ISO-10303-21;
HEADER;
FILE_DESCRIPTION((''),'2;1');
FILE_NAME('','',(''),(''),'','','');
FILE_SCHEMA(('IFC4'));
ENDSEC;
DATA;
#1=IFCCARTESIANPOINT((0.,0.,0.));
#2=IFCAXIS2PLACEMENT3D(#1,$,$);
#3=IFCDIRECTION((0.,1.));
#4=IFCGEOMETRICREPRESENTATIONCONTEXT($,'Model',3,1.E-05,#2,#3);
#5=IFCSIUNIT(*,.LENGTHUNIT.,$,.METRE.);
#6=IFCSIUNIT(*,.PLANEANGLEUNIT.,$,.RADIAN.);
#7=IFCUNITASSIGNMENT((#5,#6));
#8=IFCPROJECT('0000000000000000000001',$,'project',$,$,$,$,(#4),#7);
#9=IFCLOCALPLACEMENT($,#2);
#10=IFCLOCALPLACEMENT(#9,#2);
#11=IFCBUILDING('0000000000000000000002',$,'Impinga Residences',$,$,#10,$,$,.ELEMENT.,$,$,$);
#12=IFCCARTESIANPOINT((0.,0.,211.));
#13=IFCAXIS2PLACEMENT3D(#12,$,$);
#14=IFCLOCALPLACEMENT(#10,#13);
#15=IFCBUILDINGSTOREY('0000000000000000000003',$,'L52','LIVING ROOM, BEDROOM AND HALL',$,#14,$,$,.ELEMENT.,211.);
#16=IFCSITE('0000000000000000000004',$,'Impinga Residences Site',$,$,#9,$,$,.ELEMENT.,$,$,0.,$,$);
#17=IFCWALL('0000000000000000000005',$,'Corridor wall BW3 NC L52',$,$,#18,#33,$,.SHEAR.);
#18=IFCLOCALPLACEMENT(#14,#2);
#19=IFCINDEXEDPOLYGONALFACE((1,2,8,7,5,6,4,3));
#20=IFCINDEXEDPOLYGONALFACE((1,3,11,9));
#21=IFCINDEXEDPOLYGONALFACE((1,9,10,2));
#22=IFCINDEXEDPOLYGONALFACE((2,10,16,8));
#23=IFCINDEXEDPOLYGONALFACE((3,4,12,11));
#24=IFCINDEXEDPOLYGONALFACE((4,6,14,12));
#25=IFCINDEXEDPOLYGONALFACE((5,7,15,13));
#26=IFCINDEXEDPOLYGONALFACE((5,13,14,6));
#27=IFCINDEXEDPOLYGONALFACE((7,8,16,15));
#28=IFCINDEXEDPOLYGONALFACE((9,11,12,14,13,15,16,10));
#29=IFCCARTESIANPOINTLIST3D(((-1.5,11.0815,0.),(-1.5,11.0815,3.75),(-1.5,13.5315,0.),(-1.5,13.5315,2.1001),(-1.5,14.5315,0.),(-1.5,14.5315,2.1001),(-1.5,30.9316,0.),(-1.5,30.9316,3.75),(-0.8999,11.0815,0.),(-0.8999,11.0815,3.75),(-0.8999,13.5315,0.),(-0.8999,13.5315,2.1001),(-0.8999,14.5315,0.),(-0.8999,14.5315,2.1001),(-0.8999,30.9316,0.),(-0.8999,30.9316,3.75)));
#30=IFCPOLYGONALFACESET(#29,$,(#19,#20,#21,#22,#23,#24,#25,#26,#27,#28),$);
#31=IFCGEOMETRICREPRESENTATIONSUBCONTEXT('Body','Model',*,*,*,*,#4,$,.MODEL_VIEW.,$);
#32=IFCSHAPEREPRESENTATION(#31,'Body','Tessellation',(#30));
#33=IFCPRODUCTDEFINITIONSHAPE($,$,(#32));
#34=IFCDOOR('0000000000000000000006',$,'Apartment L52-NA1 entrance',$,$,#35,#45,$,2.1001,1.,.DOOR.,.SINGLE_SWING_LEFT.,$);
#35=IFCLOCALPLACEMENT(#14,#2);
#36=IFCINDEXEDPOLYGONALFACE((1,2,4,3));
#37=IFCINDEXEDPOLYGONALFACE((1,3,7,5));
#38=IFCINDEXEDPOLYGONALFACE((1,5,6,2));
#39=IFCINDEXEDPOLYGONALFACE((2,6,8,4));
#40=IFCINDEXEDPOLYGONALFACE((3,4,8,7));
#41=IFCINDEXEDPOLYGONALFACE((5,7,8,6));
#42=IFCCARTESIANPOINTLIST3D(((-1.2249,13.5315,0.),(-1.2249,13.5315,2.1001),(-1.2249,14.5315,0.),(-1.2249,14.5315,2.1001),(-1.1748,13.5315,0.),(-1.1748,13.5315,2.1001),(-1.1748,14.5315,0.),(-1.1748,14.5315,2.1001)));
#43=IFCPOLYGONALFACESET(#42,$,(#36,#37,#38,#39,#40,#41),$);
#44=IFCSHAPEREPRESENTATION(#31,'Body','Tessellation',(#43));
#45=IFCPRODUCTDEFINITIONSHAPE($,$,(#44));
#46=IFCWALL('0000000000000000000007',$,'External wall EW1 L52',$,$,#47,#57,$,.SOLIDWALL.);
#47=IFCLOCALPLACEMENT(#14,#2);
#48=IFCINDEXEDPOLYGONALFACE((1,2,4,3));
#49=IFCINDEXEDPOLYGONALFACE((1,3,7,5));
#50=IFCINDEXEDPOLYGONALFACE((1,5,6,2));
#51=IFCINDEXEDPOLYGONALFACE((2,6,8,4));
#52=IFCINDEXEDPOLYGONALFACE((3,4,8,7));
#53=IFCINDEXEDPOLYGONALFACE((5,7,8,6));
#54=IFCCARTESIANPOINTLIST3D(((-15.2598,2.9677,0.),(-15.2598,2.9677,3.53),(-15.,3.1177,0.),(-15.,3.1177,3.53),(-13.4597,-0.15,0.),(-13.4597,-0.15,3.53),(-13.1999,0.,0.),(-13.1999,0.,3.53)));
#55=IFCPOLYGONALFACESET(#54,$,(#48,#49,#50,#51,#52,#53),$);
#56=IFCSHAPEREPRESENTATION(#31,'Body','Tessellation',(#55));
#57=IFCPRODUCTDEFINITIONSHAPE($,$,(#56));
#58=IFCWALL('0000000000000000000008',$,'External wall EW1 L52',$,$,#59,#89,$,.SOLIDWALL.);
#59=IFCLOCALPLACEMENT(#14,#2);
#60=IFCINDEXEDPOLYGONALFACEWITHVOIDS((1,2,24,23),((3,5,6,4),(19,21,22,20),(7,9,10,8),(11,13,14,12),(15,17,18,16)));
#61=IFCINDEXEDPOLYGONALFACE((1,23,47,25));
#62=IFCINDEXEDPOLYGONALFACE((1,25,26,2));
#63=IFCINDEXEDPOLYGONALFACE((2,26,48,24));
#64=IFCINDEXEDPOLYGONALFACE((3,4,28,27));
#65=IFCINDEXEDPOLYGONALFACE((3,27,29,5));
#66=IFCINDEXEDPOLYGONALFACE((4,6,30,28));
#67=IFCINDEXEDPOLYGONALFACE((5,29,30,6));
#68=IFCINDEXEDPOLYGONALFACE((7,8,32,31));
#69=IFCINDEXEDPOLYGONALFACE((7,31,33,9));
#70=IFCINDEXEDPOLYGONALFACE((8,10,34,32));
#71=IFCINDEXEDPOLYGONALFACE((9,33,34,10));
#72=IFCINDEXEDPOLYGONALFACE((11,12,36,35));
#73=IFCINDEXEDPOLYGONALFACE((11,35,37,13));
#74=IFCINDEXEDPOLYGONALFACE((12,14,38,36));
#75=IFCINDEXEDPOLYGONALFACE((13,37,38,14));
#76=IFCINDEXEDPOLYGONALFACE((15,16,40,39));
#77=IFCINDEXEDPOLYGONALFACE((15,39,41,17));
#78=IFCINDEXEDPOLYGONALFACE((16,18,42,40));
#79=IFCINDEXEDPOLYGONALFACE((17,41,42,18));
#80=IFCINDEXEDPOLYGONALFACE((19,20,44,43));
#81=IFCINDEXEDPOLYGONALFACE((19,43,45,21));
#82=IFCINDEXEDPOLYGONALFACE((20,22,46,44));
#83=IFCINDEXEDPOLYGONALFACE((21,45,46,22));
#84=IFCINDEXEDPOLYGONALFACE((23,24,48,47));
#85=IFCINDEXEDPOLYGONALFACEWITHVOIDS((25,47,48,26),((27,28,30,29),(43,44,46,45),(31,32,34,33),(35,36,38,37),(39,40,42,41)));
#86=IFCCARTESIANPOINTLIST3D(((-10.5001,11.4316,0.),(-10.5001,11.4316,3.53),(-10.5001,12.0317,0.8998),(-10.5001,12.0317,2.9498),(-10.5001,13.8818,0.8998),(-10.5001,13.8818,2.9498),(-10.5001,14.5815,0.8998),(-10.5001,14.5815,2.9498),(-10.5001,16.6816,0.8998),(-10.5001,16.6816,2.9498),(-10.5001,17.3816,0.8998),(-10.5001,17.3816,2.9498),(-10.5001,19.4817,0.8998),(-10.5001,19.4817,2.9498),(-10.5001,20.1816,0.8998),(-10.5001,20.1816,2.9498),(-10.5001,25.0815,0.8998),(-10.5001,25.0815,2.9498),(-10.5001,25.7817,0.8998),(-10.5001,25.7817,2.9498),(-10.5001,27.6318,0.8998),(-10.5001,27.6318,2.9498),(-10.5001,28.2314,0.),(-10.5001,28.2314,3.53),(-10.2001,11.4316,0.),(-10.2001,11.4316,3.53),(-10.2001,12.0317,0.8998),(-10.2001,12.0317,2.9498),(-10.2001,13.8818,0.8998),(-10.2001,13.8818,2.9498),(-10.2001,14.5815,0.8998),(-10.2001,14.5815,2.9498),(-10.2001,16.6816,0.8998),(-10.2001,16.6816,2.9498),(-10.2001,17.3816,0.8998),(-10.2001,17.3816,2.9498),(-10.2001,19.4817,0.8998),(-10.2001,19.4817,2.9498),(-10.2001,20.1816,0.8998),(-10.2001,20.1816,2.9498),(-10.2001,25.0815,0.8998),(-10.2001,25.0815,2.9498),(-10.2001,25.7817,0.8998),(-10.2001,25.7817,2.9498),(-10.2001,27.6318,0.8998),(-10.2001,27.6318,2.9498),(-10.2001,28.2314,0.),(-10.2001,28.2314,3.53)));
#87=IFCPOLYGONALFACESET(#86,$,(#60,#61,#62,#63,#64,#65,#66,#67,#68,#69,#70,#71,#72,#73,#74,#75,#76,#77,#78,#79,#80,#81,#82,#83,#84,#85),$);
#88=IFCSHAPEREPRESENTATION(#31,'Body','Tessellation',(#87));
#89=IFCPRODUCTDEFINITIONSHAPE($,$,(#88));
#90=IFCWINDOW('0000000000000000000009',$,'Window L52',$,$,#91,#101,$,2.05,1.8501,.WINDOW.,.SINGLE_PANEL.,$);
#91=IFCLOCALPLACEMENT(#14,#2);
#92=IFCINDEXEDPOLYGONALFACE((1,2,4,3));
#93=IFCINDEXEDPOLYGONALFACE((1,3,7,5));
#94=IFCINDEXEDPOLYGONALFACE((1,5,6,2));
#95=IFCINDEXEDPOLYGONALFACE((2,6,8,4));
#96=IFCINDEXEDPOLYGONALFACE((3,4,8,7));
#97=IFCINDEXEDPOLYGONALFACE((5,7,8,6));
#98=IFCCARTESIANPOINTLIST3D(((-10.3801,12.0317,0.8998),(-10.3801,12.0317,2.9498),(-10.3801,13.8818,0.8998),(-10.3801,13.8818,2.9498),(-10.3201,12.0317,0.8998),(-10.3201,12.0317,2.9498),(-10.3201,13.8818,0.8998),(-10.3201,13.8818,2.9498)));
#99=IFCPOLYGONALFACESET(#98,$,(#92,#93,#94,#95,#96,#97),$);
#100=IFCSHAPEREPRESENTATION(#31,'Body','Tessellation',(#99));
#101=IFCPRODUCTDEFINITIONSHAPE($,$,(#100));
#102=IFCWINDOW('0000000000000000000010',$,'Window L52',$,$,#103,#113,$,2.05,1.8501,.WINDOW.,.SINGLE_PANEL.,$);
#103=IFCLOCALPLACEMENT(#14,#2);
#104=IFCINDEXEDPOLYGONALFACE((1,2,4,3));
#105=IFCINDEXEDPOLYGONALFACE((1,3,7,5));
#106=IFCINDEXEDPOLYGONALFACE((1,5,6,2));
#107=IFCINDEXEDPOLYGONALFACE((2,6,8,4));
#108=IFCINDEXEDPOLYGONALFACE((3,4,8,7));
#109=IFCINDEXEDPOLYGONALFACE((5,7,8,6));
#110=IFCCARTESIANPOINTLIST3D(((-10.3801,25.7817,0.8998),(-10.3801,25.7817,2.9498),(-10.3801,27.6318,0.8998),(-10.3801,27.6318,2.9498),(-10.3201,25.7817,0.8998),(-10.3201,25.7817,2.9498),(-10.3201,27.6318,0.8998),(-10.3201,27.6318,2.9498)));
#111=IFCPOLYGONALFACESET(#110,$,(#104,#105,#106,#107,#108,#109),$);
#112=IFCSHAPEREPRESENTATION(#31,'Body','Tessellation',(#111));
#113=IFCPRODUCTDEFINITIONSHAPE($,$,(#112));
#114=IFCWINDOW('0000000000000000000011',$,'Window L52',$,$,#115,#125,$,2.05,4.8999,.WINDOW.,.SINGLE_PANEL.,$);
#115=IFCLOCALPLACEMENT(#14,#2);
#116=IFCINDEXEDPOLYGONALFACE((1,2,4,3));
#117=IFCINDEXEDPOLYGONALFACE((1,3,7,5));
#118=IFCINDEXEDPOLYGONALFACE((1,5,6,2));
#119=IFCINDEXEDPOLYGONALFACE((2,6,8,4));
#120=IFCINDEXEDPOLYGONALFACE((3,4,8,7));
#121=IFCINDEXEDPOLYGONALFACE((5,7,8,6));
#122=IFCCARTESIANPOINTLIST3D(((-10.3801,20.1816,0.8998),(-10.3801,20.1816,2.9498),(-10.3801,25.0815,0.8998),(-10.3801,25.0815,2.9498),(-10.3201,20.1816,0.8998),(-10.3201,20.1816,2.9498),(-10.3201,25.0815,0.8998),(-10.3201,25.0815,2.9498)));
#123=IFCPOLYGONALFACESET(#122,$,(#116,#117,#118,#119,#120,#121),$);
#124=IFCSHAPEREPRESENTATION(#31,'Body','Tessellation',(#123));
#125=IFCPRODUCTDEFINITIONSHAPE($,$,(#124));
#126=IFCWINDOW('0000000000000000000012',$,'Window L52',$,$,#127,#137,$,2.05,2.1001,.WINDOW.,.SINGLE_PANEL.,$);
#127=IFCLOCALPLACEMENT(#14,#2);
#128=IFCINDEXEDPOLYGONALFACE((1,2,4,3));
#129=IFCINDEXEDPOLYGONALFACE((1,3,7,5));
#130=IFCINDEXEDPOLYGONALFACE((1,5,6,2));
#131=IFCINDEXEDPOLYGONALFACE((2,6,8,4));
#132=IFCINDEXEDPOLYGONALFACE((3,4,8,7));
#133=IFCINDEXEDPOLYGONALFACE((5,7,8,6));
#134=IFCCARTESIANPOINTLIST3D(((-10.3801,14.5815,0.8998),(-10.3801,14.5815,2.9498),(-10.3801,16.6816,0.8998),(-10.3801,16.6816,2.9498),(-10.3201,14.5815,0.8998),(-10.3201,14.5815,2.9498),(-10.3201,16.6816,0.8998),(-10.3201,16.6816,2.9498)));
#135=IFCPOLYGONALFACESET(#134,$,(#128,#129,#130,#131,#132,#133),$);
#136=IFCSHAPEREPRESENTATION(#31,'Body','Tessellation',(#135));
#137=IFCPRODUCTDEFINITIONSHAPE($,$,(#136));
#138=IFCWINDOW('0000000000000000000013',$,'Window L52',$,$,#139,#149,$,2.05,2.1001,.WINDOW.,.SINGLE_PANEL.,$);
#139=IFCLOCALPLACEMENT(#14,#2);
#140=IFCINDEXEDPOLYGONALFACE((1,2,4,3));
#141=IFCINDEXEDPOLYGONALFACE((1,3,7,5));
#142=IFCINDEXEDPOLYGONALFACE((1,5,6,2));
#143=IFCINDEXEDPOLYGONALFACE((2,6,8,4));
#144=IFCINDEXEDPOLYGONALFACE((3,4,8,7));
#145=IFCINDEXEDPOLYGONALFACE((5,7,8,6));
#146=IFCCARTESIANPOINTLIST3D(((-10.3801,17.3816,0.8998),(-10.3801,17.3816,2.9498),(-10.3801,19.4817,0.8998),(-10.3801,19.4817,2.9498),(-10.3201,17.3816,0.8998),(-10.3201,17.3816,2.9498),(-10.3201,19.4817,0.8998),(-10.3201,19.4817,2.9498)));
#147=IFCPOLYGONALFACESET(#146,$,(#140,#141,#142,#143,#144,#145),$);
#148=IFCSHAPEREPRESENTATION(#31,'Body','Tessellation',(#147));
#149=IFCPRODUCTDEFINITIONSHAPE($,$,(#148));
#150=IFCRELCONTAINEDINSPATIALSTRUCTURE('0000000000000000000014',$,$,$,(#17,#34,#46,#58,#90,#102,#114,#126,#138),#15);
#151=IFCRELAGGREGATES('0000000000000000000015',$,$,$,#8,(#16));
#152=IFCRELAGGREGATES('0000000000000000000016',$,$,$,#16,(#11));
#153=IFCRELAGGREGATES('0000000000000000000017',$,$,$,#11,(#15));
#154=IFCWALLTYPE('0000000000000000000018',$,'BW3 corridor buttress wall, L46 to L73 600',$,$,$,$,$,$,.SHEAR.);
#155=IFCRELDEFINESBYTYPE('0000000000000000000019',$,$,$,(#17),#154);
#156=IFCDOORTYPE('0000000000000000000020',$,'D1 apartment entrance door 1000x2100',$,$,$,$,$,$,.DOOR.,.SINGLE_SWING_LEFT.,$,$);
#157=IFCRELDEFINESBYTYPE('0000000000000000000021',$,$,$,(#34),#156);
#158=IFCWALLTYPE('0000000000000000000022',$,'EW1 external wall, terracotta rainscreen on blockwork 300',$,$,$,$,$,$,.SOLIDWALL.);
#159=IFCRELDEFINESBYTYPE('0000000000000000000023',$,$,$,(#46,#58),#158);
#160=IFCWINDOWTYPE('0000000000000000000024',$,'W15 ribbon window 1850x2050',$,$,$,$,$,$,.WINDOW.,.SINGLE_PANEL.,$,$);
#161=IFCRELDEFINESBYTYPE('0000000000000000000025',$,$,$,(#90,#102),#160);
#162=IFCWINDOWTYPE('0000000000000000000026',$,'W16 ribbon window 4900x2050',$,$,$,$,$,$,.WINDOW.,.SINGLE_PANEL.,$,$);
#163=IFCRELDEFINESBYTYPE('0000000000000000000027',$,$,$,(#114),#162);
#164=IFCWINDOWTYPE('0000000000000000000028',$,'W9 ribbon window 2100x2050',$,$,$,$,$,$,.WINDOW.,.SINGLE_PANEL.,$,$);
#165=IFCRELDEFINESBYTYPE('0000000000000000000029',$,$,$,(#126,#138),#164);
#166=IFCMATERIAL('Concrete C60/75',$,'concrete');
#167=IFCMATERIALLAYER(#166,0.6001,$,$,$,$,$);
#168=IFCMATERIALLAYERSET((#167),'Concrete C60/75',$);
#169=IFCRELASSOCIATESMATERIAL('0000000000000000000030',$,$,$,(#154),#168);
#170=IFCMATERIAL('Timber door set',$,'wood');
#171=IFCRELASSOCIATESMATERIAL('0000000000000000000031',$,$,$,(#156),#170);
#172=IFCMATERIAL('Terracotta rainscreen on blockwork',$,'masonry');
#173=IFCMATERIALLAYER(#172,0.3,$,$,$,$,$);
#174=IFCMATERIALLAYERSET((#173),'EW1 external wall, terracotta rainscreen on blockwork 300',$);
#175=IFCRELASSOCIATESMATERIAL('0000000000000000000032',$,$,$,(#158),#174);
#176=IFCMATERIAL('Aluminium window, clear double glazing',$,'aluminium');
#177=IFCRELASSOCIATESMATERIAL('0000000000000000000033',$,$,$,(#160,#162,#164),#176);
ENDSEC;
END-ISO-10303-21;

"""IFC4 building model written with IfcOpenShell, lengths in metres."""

from ifc_helpers import new_model, si_unit, direction, frame, frame_2d, origin, place, context, subcontext, project, spatial, rectangle, extrude, material, layer, layer_set, type_object, element, fill, save


model = new_model("IFC4")

# Units and contexts
model_context = context("Model", 3, precision=1e-05, world=origin(), true_north=direction((0.0, 1.0)))
body_context = subcontext(model_context, "Body", "Model", "MODEL_VIEW")
ifc_project = project(units=[si_unit("LENGTHUNIT", "METRE"), si_unit("PLANEANGLEUNIT", "RADIAN")], contexts=[model_context])

# Site, building, storey
site_placement = place(None, origin())
site = spatial("IfcSite", under=ifc_project, at=site_placement, Name="Impinga Residences Site", CompositionType="ELEMENT", RefElevation=0.0)
building_placement = place(site_placement, origin())
building = spatial("IfcBuilding", under=site, at=building_placement, Name="Impinga Residences", CompositionType="ELEMENT")
storey_placement = place(building_placement, frame((0.0, 0.0, 211.0)))
storey = spatial("IfcBuildingStorey", under=building, at=storey_placement, Name="L52", Description="LIVING ROOM, BEDROOM AND HALL", CompositionType="ELEMENT", Elevation=211.0)

# Wall, opening, door
ifc_material_1 = material(Name="Concrete C60/75", Category="concrete")
ifc_layer_1 = layer(ifc_material_1, 0.6001)
ifc_layer_set_1 = layer_set([ifc_layer_1], Name="Concrete C60/75")
wall_type_1 = type_object("IfcWallType", Name="BW3 corridor buttress wall, L46 to L73 600", PredefinedType="SHEAR", material=ifc_layer_set_1)
wall_1_placement = place(storey_placement, frame((-1.2, 11.0815, 0.0), z_axis=(0.0, 0.0, 1.0), x_axis=(0.0, 1.0, 0.0)))
wall_1 = element("IfcWall", 1, at=wall_1_placement, inside=storey, type_object=wall_type_1, Name="Corridor wall BW3 NC L52", PredefinedType="SHEAR", context=body_context, shape_type="SweptSolid", body=[
    extrude(rectangle(XDim=19.8501, YDim=0.6001, at=frame_2d((9.925, 0.0))), origin(), (0.0, 0.0, 1.0), 3.75),
])
opening_1_placement = place(wall_1_placement, frame((2.45, 0.0, 0.0)))
opening_1 = element("IfcOpeningElement", 2, at=opening_1_placement, cuts=wall_1, PredefinedType="OPENING", context=body_context, shape_type="SweptSolid", body=[
    extrude(rectangle(XDim=1.0, YDim=2.1001, at=frame_2d((0.5, 1.05))), frame((0.0, 0.3101, 0.0), z_axis=(0.0, -1.0, 0.0), x_axis=(1.0, 0.0, 0.0)), (0.0, 0.0, 1.0), 0.6201),
])
ifc_material_2 = material(Name="Timber door set", Category="wood")
door_type_1 = type_object("IfcDoorType", Name="D1 apartment entrance door 1000x2100", OperationType="SINGLE_SWING_LEFT", PredefinedType="DOOR", material=ifc_material_2)
door_1_placement = place(opening_1_placement, origin())
door_1 = element("IfcDoor", 3, at=door_1_placement, inside=storey, type_object=door_type_1, Name="Apartment L52-NA1 entrance", OperationType="SINGLE_SWING_LEFT", OverallHeight=2.1001, OverallWidth=1.0, PredefinedType="DOOR", context=body_context, shape_type="SweptSolid", body=[
    extrude(rectangle(XDim=1.0, YDim=2.1001, at=frame_2d((0.5, 1.05))), frame((0.0, 0.0249, 0.0), z_axis=(0.0, -1.0, 0.0), x_axis=(1.0, 0.0, 0.0)), (0.0, 0.0, 1.0), 0.05),
])
fill(opening_1, door_1)

# Wall
ifc_material_3 = material(Name="Terracotta rainscreen on blockwork", Category="masonry")
ifc_layer_2 = layer(ifc_material_3, 0.3)
ifc_layer_set_2 = layer_set([ifc_layer_2], Name="EW1 external wall, terracotta rainscreen on blockwork 300")
wall_type_2 = type_object("IfcWallType", Name="EW1 external wall, terracotta rainscreen on blockwork 300", PredefinedType="SOLIDWALL", material=ifc_layer_set_2)
wall_2_placement = place(storey_placement, frame((-15.1299, 3.0427, 0.0), z_axis=(0.0, 0.0, 1.0), x_axis=(0.500012, -0.866018, 0.0)))
element("IfcWall", 4, at=wall_2_placement, inside=storey, type_object=wall_type_2, Name="External wall EW1 L52", PredefinedType="SOLIDWALL", context=body_context, shape_type="SweptSolid", body=[
    extrude(rectangle(XDim=3.6001, YDim=0.3, at=frame_2d((1.8, 0.0))), origin(), (0.0, 0.0, 1.0), 3.53),
])

# Wall, openings, windows
wall_3_placement = place(storey_placement, frame((-10.3501, 11.4316, 0.0), z_axis=(0.0, 0.0, 1.0), x_axis=(0.0, 1.0, 0.0)))
wall_3 = element("IfcWall", 5, at=wall_3_placement, inside=storey, type_object=wall_type_2, Name="External wall EW1 L52", PredefinedType="SOLIDWALL", context=body_context, shape_type="SweptSolid", body=[
    extrude(rectangle(XDim=16.7998, YDim=0.3, at=frame_2d((8.3999, 0.0))), origin(), (0.0, 0.0, 1.0), 3.53),
])
opening_2_placement = place(wall_3_placement, frame((0.6001, 0.0, 0.8999)))
opening_2 = element("IfcOpeningElement", 6, at=opening_2_placement, cuts=wall_3, PredefinedType="OPENING", context=body_context, shape_type="SweptSolid", body=[
    extrude(rectangle(XDim=1.8501, YDim=2.05, at=frame_2d((0.925, 1.0249))), frame((0.0, 0.1599, 0.0), z_axis=(0.0, -1.0, 0.0), x_axis=(1.0, 0.0, 0.0)), (0.0, 0.0, 1.0), 0.3201),
])
opening_3_placement = place(wall_3_placement, frame((3.1499, 0.0, 0.8999)))
opening_3 = element("IfcOpeningElement", 7, at=opening_3_placement, cuts=wall_3, PredefinedType="OPENING", context=body_context, shape_type="SweptSolid", body=[
    extrude(rectangle(XDim=2.1001, YDim=2.05, at=frame_2d((1.05, 1.0249))), frame((0.0, 0.1599, 0.0), z_axis=(0.0, -1.0, 0.0), x_axis=(1.0, 0.0, 0.0)), (0.0, 0.0, 1.0), 0.3201),
])
opening_4_placement = place(wall_3_placement, frame((5.95, 0.0, 0.8999)))
opening_4 = element("IfcOpeningElement", 8, at=opening_4_placement, cuts=wall_3, PredefinedType="OPENING", context=body_context, shape_type="SweptSolid", body=[
    extrude(rectangle(XDim=2.1001, YDim=2.05, at=frame_2d((1.05, 1.0249))), frame((0.0, 0.1599, 0.0), z_axis=(0.0, -1.0, 0.0), x_axis=(1.0, 0.0, 0.0)), (0.0, 0.0, 1.0), 0.3201),
])
opening_5_placement = place(wall_3_placement, frame((8.75, 0.0, 0.8999)))
opening_5 = element("IfcOpeningElement", 9, at=opening_5_placement, cuts=wall_3, PredefinedType="OPENING", context=body_context, shape_type="SweptSolid", body=[
    extrude(rectangle(XDim=4.8999, YDim=2.05, at=frame_2d((2.45, 1.0249))), frame((0.0, 0.1599, 0.0), z_axis=(0.0, -1.0, 0.0), x_axis=(1.0, 0.0, 0.0)), (0.0, 0.0, 1.0), 0.3201),
])
opening_6_placement = place(wall_3_placement, frame((14.3501, 0.0, 0.8999)))
opening_6 = element("IfcOpeningElement", 10, at=opening_6_placement, cuts=wall_3, PredefinedType="OPENING", context=body_context, shape_type="SweptSolid", body=[
    extrude(rectangle(XDim=1.8501, YDim=2.05, at=frame_2d((0.925, 1.0249))), frame((0.0, 0.1599, 0.0), z_axis=(0.0, -1.0, 0.0), x_axis=(1.0, 0.0, 0.0)), (0.0, 0.0, 1.0), 0.3201),
])
ifc_material_4 = material(Name="Aluminium window, clear double glazing", Category="aluminium")
window_type_1 = type_object("IfcWindowType", Name="W15 ribbon window 1850x2050", PartitioningType="SINGLE_PANEL", PredefinedType="WINDOW", material=ifc_material_4)
window_1_placement = place(opening_2_placement, origin())
window_1 = element("IfcWindow", 11, at=window_1_placement, inside=storey, type_object=window_type_1, Name="Window L52", OverallHeight=2.05, OverallWidth=1.8501, PartitioningType="SINGLE_PANEL", PredefinedType="WINDOW", context=body_context, shape_type="SweptSolid", body=[
    extrude(rectangle(XDim=1.8501, YDim=2.05, at=frame_2d((0.925, 1.0249))), frame((0.0, 0.03, 0.0), z_axis=(0.0, -1.0, 0.0), x_axis=(1.0, 0.0, 0.0)), (0.0, 0.0, 1.0), 0.0601),
])
fill(opening_2, window_1)
window_2_placement = place(opening_6_placement, origin())
window_2 = element("IfcWindow", 12, at=window_2_placement, inside=storey, type_object=window_type_1, Name="Window L52", OverallHeight=2.05, OverallWidth=1.8501, PartitioningType="SINGLE_PANEL", PredefinedType="WINDOW", context=body_context, shape_type="SweptSolid", body=[
    extrude(rectangle(XDim=1.8501, YDim=2.05, at=frame_2d((0.925, 1.0249))), frame((0.0, 0.03, 0.0), z_axis=(0.0, -1.0, 0.0), x_axis=(1.0, 0.0, 0.0)), (0.0, 0.0, 1.0), 0.0601),
])
fill(opening_6, window_2)
window_type_2 = type_object("IfcWindowType", Name="W16 ribbon window 4900x2050", PartitioningType="SINGLE_PANEL", PredefinedType="WINDOW", material=ifc_material_4)
window_3_placement = place(opening_5_placement, origin())
window_3 = element("IfcWindow", 13, at=window_3_placement, inside=storey, type_object=window_type_2, Name="Window L52", OverallHeight=2.05, OverallWidth=4.8999, PartitioningType="SINGLE_PANEL", PredefinedType="WINDOW", context=body_context, shape_type="SweptSolid", body=[
    extrude(rectangle(XDim=4.8999, YDim=2.05, at=frame_2d((2.45, 1.0249))), frame((0.0, 0.03, 0.0), z_axis=(0.0, -1.0, 0.0), x_axis=(1.0, 0.0, 0.0)), (0.0, 0.0, 1.0), 0.0601),
])
fill(opening_5, window_3)
window_type_3 = type_object("IfcWindowType", Name="W9 ribbon window 2100x2050", PartitioningType="SINGLE_PANEL", PredefinedType="WINDOW", material=ifc_material_4)
window_4_placement = place(opening_3_placement, origin())
window_4 = element("IfcWindow", 14, at=window_4_placement, inside=storey, type_object=window_type_3, Name="Window L52", OverallHeight=2.05, OverallWidth=2.1001, PartitioningType="SINGLE_PANEL", PredefinedType="WINDOW", context=body_context, shape_type="SweptSolid", body=[
    extrude(rectangle(XDim=2.1001, YDim=2.05, at=frame_2d((1.05, 1.0249))), frame((0.0, 0.03, 0.0), z_axis=(0.0, -1.0, 0.0), x_axis=(1.0, 0.0, 0.0)), (0.0, 0.0, 1.0), 0.0601),
])
fill(opening_3, window_4)
window_5_placement = place(opening_4_placement, origin())
window_5 = element("IfcWindow", 15, at=window_5_placement, inside=storey, type_object=window_type_3, Name="Window L52", OverallHeight=2.05, OverallWidth=2.1001, PartitioningType="SINGLE_PANEL", PredefinedType="WINDOW", context=body_context, shape_type="SweptSolid", body=[
    extrude(rectangle(XDim=2.1001, YDim=2.05, at=frame_2d((1.05, 1.0249))), frame((0.0, 0.03, 0.0), z_axis=(0.0, -1.0, 0.0), x_axis=(1.0, 0.0, 0.0)), (0.0, 0.0, 1.0), 0.0601),
])
fill(opening_4, window_5)

save(model, "model.ifc")
